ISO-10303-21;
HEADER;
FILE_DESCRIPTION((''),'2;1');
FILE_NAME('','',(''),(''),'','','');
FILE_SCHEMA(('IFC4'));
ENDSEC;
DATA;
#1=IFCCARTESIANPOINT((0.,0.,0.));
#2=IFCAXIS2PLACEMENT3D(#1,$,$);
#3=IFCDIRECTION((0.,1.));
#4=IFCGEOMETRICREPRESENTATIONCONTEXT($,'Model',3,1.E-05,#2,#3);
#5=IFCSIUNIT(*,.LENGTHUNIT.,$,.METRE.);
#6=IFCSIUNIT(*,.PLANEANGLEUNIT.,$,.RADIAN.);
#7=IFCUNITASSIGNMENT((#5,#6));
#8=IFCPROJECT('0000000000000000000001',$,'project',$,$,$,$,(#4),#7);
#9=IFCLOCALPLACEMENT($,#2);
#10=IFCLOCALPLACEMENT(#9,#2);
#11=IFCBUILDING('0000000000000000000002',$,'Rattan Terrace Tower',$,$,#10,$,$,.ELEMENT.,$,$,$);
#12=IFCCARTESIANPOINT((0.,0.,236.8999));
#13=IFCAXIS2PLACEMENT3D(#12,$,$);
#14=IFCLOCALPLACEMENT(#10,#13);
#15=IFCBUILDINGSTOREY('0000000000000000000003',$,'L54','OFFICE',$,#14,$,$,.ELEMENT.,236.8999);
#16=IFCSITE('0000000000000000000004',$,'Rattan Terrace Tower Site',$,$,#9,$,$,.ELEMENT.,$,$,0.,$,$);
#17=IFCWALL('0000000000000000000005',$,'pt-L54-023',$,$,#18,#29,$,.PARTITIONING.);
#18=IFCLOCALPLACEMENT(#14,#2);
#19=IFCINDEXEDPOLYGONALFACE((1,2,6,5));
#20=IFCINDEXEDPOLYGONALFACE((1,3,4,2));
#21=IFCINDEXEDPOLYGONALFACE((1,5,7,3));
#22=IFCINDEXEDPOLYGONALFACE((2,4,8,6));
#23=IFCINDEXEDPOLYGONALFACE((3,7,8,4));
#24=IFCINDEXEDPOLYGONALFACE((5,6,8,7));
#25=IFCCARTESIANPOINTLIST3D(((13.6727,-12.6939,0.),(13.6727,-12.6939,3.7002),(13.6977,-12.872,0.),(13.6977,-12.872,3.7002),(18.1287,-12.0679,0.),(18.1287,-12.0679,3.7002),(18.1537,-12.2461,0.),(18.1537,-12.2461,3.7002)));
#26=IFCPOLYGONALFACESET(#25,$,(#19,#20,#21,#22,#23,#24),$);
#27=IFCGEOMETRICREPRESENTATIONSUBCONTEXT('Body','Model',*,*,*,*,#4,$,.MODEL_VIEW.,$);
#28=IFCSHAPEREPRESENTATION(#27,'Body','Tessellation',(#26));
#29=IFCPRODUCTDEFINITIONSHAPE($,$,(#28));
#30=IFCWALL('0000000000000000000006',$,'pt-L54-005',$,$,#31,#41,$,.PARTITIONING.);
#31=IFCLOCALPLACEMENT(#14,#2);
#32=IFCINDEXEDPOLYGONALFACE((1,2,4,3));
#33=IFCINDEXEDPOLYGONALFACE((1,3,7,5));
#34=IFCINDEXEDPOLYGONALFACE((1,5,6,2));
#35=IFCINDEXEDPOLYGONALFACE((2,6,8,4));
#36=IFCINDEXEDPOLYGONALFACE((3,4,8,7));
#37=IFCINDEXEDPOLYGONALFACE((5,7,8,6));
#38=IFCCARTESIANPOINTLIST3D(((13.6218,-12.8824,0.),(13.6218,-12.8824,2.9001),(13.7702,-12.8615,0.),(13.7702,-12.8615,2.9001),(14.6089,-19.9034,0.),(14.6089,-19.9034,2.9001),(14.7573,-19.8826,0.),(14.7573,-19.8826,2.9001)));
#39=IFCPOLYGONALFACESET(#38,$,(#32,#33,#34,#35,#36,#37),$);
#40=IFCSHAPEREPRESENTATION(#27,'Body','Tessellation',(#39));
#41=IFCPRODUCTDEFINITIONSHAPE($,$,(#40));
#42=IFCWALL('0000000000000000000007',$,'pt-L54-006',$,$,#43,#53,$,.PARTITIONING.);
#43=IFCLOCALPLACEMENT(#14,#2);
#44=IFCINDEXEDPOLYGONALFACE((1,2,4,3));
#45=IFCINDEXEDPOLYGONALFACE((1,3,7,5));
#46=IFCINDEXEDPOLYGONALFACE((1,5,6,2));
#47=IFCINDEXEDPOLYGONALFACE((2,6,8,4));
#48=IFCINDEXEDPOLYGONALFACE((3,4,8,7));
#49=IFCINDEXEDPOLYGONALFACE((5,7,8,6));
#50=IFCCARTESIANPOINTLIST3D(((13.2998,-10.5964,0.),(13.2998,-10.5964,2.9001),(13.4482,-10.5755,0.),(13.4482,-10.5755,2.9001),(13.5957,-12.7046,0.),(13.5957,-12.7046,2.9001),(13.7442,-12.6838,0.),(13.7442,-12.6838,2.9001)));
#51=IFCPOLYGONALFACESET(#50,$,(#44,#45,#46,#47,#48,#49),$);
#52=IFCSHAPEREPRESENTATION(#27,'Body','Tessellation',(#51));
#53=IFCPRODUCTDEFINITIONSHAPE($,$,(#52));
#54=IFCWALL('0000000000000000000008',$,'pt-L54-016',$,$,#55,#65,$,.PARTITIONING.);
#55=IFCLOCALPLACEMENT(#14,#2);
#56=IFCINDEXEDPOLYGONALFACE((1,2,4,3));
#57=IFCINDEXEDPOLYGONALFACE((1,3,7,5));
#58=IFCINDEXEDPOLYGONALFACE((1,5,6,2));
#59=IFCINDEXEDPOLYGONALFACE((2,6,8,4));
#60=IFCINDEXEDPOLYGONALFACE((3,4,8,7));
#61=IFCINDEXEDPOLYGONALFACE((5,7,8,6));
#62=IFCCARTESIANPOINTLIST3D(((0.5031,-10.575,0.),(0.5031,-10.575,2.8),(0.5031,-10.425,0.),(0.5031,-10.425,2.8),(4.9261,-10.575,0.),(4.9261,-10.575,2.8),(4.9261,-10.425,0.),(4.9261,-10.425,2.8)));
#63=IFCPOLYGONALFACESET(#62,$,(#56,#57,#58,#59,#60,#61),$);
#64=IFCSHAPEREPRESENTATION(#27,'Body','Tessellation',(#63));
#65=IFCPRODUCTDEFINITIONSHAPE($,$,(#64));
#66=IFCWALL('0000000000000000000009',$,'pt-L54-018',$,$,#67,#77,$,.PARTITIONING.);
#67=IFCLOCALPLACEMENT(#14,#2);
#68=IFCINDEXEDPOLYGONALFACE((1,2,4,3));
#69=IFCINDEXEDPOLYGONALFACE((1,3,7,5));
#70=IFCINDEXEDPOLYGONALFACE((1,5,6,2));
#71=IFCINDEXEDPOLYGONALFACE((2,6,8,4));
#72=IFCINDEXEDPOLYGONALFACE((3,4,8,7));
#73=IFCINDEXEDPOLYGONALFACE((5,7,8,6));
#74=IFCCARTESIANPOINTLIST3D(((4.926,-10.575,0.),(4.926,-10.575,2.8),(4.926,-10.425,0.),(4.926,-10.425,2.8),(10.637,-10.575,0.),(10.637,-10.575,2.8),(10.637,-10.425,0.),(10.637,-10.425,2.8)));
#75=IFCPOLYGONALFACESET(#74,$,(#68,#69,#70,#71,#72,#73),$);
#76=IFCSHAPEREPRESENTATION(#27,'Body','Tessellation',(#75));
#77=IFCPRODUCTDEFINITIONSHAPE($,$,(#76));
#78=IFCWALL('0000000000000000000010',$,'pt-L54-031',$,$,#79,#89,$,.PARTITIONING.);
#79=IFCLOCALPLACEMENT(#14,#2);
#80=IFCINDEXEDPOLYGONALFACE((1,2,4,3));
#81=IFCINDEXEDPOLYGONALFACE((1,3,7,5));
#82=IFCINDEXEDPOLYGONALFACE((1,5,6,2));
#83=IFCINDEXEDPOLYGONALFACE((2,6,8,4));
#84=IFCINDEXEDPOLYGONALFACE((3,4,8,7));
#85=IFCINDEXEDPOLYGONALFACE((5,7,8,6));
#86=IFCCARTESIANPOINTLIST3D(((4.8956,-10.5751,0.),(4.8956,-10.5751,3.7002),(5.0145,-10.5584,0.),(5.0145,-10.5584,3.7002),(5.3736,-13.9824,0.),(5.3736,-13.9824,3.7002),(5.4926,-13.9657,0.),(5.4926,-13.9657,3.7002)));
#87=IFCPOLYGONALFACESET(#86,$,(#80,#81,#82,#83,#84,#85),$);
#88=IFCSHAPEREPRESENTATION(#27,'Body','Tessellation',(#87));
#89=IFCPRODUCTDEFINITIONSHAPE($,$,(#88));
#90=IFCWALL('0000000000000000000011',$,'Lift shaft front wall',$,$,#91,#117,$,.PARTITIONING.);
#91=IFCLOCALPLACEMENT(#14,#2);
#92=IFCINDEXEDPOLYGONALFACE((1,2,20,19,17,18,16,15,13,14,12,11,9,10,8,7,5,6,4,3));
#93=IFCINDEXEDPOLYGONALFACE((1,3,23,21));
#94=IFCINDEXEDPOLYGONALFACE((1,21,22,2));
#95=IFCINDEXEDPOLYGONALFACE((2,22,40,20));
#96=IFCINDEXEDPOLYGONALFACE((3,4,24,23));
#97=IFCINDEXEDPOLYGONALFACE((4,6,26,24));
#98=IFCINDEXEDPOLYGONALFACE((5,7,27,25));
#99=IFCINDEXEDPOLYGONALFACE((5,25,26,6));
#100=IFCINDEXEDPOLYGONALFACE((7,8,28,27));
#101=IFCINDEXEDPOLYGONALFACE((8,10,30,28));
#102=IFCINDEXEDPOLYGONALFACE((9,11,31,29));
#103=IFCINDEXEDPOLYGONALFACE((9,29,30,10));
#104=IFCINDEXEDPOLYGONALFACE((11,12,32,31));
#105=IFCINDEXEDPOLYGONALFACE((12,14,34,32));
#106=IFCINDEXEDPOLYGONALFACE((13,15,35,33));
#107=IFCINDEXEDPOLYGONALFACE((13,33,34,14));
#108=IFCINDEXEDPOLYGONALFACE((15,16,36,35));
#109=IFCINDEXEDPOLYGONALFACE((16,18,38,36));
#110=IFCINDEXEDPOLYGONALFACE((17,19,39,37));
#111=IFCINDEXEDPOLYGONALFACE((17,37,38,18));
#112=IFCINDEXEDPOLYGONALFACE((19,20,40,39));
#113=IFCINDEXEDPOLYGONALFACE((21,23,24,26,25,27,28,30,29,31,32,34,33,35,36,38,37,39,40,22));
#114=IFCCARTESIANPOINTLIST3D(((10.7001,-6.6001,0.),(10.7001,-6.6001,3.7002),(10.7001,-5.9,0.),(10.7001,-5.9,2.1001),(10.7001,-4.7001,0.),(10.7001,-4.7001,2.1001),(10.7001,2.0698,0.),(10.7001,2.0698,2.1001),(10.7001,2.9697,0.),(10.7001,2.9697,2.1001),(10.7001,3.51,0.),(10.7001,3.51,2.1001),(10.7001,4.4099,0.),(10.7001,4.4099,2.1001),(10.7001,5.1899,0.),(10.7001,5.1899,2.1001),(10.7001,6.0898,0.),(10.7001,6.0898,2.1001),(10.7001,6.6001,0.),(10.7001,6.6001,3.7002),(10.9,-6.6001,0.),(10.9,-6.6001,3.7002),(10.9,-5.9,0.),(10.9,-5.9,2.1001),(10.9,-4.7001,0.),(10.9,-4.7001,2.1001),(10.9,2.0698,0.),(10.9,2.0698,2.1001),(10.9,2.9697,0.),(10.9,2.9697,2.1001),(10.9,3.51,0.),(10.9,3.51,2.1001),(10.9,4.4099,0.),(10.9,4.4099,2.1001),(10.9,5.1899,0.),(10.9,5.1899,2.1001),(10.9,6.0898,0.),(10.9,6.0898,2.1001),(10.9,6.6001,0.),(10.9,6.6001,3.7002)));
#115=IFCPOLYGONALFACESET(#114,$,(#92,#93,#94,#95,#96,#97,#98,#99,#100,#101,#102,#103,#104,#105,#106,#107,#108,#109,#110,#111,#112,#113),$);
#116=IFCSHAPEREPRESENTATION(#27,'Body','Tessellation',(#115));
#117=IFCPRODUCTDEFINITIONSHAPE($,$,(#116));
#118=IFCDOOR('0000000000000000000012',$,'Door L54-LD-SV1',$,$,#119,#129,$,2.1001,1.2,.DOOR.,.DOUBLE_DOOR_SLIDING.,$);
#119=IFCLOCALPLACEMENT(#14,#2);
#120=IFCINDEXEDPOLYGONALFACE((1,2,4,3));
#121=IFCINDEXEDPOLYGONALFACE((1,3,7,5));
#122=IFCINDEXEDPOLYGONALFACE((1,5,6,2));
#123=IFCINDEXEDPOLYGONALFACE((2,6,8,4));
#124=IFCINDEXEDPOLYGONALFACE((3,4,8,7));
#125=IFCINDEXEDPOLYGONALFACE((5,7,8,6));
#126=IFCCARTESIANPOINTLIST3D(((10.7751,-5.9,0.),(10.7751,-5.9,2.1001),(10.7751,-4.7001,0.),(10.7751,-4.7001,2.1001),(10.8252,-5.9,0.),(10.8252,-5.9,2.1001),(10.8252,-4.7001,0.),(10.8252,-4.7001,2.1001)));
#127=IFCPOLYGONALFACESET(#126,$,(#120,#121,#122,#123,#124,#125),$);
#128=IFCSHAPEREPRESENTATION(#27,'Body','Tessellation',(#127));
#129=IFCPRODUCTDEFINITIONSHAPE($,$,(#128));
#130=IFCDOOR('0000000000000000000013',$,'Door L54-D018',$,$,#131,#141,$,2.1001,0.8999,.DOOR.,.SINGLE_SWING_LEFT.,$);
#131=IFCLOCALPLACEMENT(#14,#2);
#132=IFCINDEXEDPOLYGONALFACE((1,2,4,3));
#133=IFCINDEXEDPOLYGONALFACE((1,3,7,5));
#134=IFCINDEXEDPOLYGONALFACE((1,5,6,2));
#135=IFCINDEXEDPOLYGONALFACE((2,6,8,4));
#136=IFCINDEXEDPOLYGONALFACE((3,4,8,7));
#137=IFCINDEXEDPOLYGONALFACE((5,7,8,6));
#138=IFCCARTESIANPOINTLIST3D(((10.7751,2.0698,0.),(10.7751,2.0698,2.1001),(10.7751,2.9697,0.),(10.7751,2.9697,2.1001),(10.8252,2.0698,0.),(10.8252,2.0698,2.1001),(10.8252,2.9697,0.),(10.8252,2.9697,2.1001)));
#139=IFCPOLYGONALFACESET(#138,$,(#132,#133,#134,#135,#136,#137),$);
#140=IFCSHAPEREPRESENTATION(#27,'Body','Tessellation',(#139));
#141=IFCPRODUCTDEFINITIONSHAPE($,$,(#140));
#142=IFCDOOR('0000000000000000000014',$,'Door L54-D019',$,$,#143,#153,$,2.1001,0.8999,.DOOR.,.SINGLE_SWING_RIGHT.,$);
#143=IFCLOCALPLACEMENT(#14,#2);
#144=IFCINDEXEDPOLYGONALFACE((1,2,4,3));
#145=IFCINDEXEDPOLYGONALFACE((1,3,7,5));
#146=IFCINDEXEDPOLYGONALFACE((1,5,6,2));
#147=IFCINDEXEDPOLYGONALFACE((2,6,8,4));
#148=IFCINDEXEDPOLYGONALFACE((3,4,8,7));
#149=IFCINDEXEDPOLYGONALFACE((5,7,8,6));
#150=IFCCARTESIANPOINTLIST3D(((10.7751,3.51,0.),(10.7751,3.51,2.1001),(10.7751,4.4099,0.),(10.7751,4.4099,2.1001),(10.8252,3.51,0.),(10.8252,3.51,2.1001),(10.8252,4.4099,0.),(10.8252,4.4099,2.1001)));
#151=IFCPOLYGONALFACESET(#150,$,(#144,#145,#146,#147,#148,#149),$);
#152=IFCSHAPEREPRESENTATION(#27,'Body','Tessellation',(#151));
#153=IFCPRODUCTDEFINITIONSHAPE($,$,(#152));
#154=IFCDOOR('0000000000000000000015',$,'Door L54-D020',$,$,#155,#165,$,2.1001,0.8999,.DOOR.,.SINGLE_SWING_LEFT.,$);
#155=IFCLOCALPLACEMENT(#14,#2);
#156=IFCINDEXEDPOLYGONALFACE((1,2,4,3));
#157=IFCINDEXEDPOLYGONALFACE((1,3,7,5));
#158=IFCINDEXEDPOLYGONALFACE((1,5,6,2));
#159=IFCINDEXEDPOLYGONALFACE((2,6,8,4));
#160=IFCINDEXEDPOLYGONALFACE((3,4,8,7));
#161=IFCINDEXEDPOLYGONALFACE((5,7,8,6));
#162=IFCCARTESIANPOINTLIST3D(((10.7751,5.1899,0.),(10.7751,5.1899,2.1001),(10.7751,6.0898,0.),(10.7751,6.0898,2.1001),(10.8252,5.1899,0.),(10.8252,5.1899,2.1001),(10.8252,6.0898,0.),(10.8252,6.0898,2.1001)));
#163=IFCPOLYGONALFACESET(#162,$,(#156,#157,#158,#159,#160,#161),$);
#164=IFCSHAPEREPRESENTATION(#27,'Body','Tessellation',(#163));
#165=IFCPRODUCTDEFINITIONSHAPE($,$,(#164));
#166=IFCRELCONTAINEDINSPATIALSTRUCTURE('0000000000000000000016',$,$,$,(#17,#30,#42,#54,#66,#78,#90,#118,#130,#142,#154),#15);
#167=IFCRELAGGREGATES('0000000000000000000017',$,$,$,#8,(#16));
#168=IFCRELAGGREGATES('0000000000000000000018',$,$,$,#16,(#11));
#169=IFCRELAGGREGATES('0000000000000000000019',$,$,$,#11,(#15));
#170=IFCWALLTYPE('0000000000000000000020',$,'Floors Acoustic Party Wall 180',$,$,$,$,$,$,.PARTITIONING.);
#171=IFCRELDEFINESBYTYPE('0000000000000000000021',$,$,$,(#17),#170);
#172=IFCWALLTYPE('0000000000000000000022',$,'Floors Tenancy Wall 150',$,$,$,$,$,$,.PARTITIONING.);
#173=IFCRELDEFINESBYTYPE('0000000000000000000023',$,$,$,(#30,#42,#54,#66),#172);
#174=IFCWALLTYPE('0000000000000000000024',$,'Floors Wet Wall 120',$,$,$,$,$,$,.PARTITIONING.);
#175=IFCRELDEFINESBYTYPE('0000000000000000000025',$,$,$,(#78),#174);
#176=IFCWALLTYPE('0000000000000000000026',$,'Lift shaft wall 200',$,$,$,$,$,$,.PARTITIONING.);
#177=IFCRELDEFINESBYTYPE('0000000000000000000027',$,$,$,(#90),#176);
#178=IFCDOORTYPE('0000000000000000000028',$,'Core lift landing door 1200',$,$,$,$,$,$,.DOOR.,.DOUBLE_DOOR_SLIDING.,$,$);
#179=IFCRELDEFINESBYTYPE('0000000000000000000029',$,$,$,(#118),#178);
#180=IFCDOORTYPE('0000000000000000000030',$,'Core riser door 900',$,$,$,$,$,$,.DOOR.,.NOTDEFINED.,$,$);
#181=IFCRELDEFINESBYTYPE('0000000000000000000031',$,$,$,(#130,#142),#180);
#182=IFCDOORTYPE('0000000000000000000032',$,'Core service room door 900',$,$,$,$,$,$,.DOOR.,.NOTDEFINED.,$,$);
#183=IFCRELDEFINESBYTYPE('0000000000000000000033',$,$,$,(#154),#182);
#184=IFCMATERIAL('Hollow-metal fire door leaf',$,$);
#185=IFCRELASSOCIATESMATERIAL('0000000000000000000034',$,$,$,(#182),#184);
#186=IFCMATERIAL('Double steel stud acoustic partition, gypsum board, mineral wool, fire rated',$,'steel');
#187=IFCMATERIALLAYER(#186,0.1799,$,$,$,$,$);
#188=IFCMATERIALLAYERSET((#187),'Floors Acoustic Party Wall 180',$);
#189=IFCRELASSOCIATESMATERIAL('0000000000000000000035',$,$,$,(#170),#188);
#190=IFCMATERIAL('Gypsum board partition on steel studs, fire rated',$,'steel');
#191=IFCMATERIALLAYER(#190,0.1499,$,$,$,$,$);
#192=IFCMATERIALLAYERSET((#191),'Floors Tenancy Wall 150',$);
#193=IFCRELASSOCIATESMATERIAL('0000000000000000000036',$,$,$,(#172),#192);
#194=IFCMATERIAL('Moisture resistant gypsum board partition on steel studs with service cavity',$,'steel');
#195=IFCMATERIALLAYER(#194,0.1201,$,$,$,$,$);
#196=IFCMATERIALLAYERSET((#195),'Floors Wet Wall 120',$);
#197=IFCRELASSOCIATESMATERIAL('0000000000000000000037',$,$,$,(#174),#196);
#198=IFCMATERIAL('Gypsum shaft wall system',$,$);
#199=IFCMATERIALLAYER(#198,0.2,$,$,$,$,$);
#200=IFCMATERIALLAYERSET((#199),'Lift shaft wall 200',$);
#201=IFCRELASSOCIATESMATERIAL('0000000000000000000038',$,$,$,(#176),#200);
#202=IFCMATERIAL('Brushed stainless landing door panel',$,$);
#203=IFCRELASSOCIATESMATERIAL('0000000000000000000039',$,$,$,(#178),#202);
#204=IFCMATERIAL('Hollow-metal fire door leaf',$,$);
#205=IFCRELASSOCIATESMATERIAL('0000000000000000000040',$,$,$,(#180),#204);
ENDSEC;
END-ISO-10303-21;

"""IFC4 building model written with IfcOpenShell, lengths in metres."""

from ifc_helpers import new_model, si_unit, direction, frame, frame_2d, origin, place, context, subcontext, project, spatial, rectangle, extrude, material, layer, layer_set, type_object, element, fill, save


model = new_model("IFC4")

# Units and contexts
model_context = context("Model", 3, precision=1e-05, world=origin(), true_north=direction((0.0, 1.0)))
body_context = subcontext(model_context, "Body", "Model", "MODEL_VIEW")
ifc_project = project(units=[si_unit("LENGTHUNIT", "METRE"), si_unit("PLANEANGLEUNIT", "RADIAN")], contexts=[model_context])

# Site, building, storey
site_placement = place(None, origin())
site = spatial("IfcSite", under=ifc_project, at=site_placement, Name="Rattan Terrace Tower Site", CompositionType="ELEMENT", RefElevation=0.0)
building_placement = place(site_placement, origin())
building = spatial("IfcBuilding", under=site, at=building_placement, Name="Rattan Terrace Tower", CompositionType="ELEMENT")
storey_placement = place(building_placement, frame((0.0, 0.0, 236.8999)))
storey = spatial("IfcBuildingStorey", under=building, at=storey_placement, Name="L54", Description="OFFICE", CompositionType="ELEMENT", Elevation=236.8999)

# Shared definitions
ifc_material_1 = material(Name="Hollow-metal fire door leaf")
door_type_1 = type_object("IfcDoorType", Name="Core service room door 900", OperationType="NOTDEFINED", PredefinedType="DOOR", material=ifc_material_1)

# Walls
ifc_material_2 = material(Name="Double steel stud acoustic partition, gypsum board, mineral wool, fire rated", Category="steel")
ifc_layer_1 = layer(ifc_material_2, 0.1799)
ifc_layer_set_1 = layer_set([ifc_layer_1], Name="Floors Acoustic Party Wall 180")
wall_type_1 = type_object("IfcWallType", Name="Floors Acoustic Party Wall 180", PredefinedType="PARTITIONING", material=ifc_layer_set_1)
wall_1_placement = place(storey_placement, frame((13.6851, -12.783, 0.0), z_axis=(0.0, 0.0, 1.0), x_axis=(0.990277, 0.139112, 0.0)))
element("IfcWall", 1, at=wall_1_placement, inside=storey, type_object=wall_type_1, Name="pt-L54-023", PredefinedType="PARTITIONING", context=body_context, shape_type="SweptSolid", body=[
    extrude(rectangle(XDim=4.4998, YDim=0.1799, at=frame_2d((2.25, 0.0))), origin(), (0.0, 0.0, 1.0), 3.7002),
])
ifc_material_3 = material(Name="Gypsum board partition on steel studs, fire rated", Category="steel")
ifc_layer_2 = layer(ifc_material_3, 0.1499)
ifc_layer_set_2 = layer_set([ifc_layer_2], Name="Floors Tenancy Wall 150")
wall_type_2 = type_object("IfcWallType", Name="Floors Tenancy Wall 150", PredefinedType="PARTITIONING", material=ifc_layer_set_2)
wall_2_placement = place(storey_placement, frame((13.696, -12.8721, 0.0), z_axis=(0.0, 0.0, 1.0), x_axis=(0.139218, -0.990262, 0.0)))
element("IfcWall", 2, at=wall_2_placement, inside=storey, type_object=wall_type_2, Name="pt-L54-005", PredefinedType="PARTITIONING", context=body_context, shape_type="SweptSolid", body=[
    extrude(rectangle(XDim=7.0901, YDim=0.1499, at=frame_2d((3.5449, 0.0))), origin(), (0.0, 0.0, 1.0), 2.9001),
])
wall_3_placement = place(storey_placement, frame((13.374, -10.5859, 0.0), z_axis=(0.0, 0.0, 1.0), x_axis=(0.138997, -0.990293, 0.0)))
element("IfcWall", 3, at=wall_3_placement, inside=storey, type_object=wall_type_2, Name="pt-L54-006", PredefinedType="PARTITIONING", context=body_context, shape_type="SweptSolid", body=[
    extrude(rectangle(XDim=2.1289, YDim=0.1499, at=frame_2d((1.0645, 0.0))), origin(), (0.0, 0.0, 1.0), 2.9001),
])
wall_4_placement = place(storey_placement, frame((4.926, -10.5, 0.0), z_axis=(0.0, 0.0, 1.0), x_axis=(-1.0, 0.0, 0.0)))
element("IfcWall", 4, at=wall_4_placement, inside=storey, type_object=wall_type_2, Name="pt-L54-016", PredefinedType="PARTITIONING", context=body_context, shape_type="SweptSolid", body=[
    extrude(rectangle(XDim=4.4231, YDim=0.1499, at=frame_2d((2.2114, 0.0))), origin(), (0.0, 0.0, 1.0), 2.8),
])
wall_5_placement = place(storey_placement, frame((10.637, -10.5, 0.0), z_axis=(0.0, 0.0, 1.0), x_axis=(-1.0, 0.0, 0.0)))
element("IfcWall", 5, at=wall_5_placement, inside=storey, type_object=wall_type_2, Name="pt-L54-018", PredefinedType="PARTITIONING", context=body_context, shape_type="SweptSolid", body=[
    extrude(rectangle(XDim=5.7109, YDim=0.1499, at=frame_2d((2.8555, 0.0))), origin(), (0.0, 0.0, 1.0), 2.8),
])
ifc_material_4 = material(Name="Moisture resistant gypsum board partition on steel studs with service cavity", Category="steel")
ifc_layer_3 = layer(ifc_material_4, 0.1201)
ifc_layer_set_3 = layer_set([ifc_layer_3], Name="Floors Wet Wall 120")
wall_type_3 = type_object("IfcWallType", Name="Floors Wet Wall 120", PredefinedType="PARTITIONING", material=ifc_layer_set_3)
wall_6_placement = place(storey_placement, frame((4.9551, -10.5669, 0.0), z_axis=(0.0, 0.0, 1.0), x_axis=(0.138937, -0.990301, 0.0)))
element("IfcWall", 6, at=wall_6_placement, inside=storey, type_object=wall_type_3, Name="pt-L54-031", PredefinedType="PARTITIONING", context=body_context, shape_type="SweptSolid", body=[
    extrude(rectangle(XDim=3.4407, YDim=0.1201, at=frame_2d((1.7202, 0.0))), origin(), (0.0, 0.0, 1.0), 3.7002),
])

# Wall, openings, doors
ifc_material_5 = material(Name="Gypsum shaft wall system")
ifc_layer_4 = layer(ifc_material_5, 0.2)
ifc_layer_set_4 = layer_set([ifc_layer_4], Name="Lift shaft wall 200")
wall_type_4 = type_object("IfcWallType", Name="Lift shaft wall 200", PredefinedType="PARTITIONING", material=ifc_layer_set_4)
wall_7_placement = place(storey_placement, frame((10.8, -6.6001, 0.0), z_axis=(0.0, 0.0, 1.0), x_axis=(0.0, 1.0, 0.0)))
wall_7 = element("IfcWall", 7, at=wall_7_placement, inside=storey, type_object=wall_type_4, Name="Lift shaft front wall", PredefinedType="PARTITIONING", context=body_context, shape_type="SweptSolid", body=[
    extrude(rectangle(XDim=13.2002, YDim=0.2, at=frame_2d((6.6001, 0.0))), origin(), (0.0, 0.0, 1.0), 3.7002),
])
opening_1_placement = place(wall_7_placement, frame((0.7, 0.0, 0.0)))
opening_1 = element("IfcOpeningElement", 8, at=opening_1_placement, cuts=wall_7, PredefinedType="OPENING", context=body_context, shape_type="SweptSolid", body=[
    extrude(rectangle(XDim=1.2, YDim=2.1001, at=frame_2d((0.6001, 1.05))), frame((0.0, 0.1106, 0.0), z_axis=(0.0, -1.0, 0.0), x_axis=(1.0, 0.0, 0.0)), (0.0, 0.0, 1.0), 0.2209),
])
opening_2_placement = place(wall_7_placement, frame((8.6699, 0.0, 0.0)))
opening_2 = element("IfcOpeningElement", 9, at=opening_2_placement, cuts=wall_7, PredefinedType="OPENING", context=body_context, shape_type="SweptSolid", body=[
    extrude(rectangle(XDim=0.8999, YDim=2.1001, at=frame_2d((0.45, 1.05))), frame((0.0, 0.1106, 0.0), z_axis=(0.0, -1.0, 0.0), x_axis=(1.0, 0.0, 0.0)), (0.0, 0.0, 1.0), 0.2209),
])
opening_3_placement = place(wall_7_placement, frame((10.1101, 0.0, 0.0)))
opening_3 = element("IfcOpeningElement", 10, at=opening_3_placement, cuts=wall_7, PredefinedType="OPENING", context=body_context, shape_type="SweptSolid", body=[
    extrude(rectangle(XDim=0.8999, YDim=2.1001, at=frame_2d((0.45, 1.05))), frame((0.0, 0.1106, 0.0), z_axis=(0.0, -1.0, 0.0), x_axis=(1.0, 0.0, 0.0)), (0.0, 0.0, 1.0), 0.2209),
])
opening_4_placement = place(wall_7_placement, frame((11.79, 0.0, 0.0)))
opening_4 = element("IfcOpeningElement", 11, at=opening_4_placement, cuts=wall_7, PredefinedType="OPENING", context=body_context, shape_type="SweptSolid", body=[
    extrude(rectangle(XDim=0.8999, YDim=2.1001, at=frame_2d((0.45, 1.05))), frame((0.0, 0.1106, 0.0), z_axis=(0.0, -1.0, 0.0), x_axis=(1.0, 0.0, 0.0)), (0.0, 0.0, 1.0), 0.2209),
])
ifc_material_6 = material(Name="Brushed stainless landing door panel")
door_type_2 = type_object("IfcDoorType", Name="Core lift landing door 1200", OperationType="DOUBLE_DOOR_SLIDING", PredefinedType="DOOR", material=ifc_material_6)
door_1_placement = place(opening_1_placement, origin())
door_1 = element("IfcDoor", 12, at=door_1_placement, inside=storey, type_object=door_type_2, Name="Door L54-LD-SV1", OperationType="DOUBLE_DOOR_SLIDING", OverallHeight=2.1001, OverallWidth=1.2, PredefinedType="DOOR", context=body_context, shape_type="SweptSolid", body=[
    extrude(rectangle(XDim=1.2, YDim=2.1001, at=frame_2d((0.6001, 1.05))), frame((0.0, 0.0249, 0.0), z_axis=(0.0, -1.0, 0.0), x_axis=(1.0, 0.0, 0.0)), (0.0, 0.0, 1.0), 0.05),
])
fill(opening_1, door_1)
ifc_material_7 = material(Name="Hollow-metal fire door leaf")
door_type_3 = type_object("IfcDoorType", Name="Core riser door 900", OperationType="NOTDEFINED", PredefinedType="DOOR", material=ifc_material_7)
door_2_placement = place(opening_2_placement, origin())
door_2 = element("IfcDoor", 13, at=door_2_placement, inside=storey, type_object=door_type_3, Name="Door L54-D018", OperationType="SINGLE_SWING_LEFT", OverallHeight=2.1001, OverallWidth=0.8999, PredefinedType="DOOR", context=body_context, shape_type="SweptSolid", body=[
    extrude(rectangle(XDim=0.8999, YDim=2.1001, at=frame_2d((0.45, 1.05))), frame((0.0, 0.0249, 0.0), z_axis=(0.0, -1.0, 0.0), x_axis=(1.0, 0.0, 0.0)), (0.0, 0.0, 1.0), 0.05),
])
fill(opening_2, door_2)
door_3_placement = place(opening_3_placement, origin())
door_3 = element("IfcDoor", 14, at=door_3_placement, inside=storey, type_object=door_type_3, Name="Door L54-D019", OperationType="SINGLE_SWING_RIGHT", OverallHeight=2.1001, OverallWidth=0.8999, PredefinedType="DOOR", context=body_context, shape_type="SweptSolid", body=[
    extrude(rectangle(XDim=0.8999, YDim=2.1001, at=frame_2d((0.45, 1.05))), frame((0.0, 0.0249, 0.0), z_axis=(0.0, -1.0, 0.0), x_axis=(1.0, 0.0, 0.0)), (0.0, 0.0, 1.0), 0.05),
])
fill(opening_3, door_3)
door_4_placement = place(opening_4_placement, origin())
door_4 = element("IfcDoor", 15, at=door_4_placement, inside=storey, type_object=door_type_1, Name="Door L54-D020", OperationType="SINGLE_SWING_LEFT", OverallHeight=2.1001, OverallWidth=0.8999, PredefinedType="DOOR", context=body_context, shape_type="SweptSolid", body=[
    extrude(rectangle(XDim=0.8999, YDim=2.1001, at=frame_2d((0.45, 1.05))), frame((0.0, 0.0249, 0.0), z_axis=(0.0, -1.0, 0.0), x_axis=(1.0, 0.0, 0.0)), (0.0, 0.0, 1.0), 0.05),
])
fill(opening_4, door_4)

save(model, "model.ifc")
